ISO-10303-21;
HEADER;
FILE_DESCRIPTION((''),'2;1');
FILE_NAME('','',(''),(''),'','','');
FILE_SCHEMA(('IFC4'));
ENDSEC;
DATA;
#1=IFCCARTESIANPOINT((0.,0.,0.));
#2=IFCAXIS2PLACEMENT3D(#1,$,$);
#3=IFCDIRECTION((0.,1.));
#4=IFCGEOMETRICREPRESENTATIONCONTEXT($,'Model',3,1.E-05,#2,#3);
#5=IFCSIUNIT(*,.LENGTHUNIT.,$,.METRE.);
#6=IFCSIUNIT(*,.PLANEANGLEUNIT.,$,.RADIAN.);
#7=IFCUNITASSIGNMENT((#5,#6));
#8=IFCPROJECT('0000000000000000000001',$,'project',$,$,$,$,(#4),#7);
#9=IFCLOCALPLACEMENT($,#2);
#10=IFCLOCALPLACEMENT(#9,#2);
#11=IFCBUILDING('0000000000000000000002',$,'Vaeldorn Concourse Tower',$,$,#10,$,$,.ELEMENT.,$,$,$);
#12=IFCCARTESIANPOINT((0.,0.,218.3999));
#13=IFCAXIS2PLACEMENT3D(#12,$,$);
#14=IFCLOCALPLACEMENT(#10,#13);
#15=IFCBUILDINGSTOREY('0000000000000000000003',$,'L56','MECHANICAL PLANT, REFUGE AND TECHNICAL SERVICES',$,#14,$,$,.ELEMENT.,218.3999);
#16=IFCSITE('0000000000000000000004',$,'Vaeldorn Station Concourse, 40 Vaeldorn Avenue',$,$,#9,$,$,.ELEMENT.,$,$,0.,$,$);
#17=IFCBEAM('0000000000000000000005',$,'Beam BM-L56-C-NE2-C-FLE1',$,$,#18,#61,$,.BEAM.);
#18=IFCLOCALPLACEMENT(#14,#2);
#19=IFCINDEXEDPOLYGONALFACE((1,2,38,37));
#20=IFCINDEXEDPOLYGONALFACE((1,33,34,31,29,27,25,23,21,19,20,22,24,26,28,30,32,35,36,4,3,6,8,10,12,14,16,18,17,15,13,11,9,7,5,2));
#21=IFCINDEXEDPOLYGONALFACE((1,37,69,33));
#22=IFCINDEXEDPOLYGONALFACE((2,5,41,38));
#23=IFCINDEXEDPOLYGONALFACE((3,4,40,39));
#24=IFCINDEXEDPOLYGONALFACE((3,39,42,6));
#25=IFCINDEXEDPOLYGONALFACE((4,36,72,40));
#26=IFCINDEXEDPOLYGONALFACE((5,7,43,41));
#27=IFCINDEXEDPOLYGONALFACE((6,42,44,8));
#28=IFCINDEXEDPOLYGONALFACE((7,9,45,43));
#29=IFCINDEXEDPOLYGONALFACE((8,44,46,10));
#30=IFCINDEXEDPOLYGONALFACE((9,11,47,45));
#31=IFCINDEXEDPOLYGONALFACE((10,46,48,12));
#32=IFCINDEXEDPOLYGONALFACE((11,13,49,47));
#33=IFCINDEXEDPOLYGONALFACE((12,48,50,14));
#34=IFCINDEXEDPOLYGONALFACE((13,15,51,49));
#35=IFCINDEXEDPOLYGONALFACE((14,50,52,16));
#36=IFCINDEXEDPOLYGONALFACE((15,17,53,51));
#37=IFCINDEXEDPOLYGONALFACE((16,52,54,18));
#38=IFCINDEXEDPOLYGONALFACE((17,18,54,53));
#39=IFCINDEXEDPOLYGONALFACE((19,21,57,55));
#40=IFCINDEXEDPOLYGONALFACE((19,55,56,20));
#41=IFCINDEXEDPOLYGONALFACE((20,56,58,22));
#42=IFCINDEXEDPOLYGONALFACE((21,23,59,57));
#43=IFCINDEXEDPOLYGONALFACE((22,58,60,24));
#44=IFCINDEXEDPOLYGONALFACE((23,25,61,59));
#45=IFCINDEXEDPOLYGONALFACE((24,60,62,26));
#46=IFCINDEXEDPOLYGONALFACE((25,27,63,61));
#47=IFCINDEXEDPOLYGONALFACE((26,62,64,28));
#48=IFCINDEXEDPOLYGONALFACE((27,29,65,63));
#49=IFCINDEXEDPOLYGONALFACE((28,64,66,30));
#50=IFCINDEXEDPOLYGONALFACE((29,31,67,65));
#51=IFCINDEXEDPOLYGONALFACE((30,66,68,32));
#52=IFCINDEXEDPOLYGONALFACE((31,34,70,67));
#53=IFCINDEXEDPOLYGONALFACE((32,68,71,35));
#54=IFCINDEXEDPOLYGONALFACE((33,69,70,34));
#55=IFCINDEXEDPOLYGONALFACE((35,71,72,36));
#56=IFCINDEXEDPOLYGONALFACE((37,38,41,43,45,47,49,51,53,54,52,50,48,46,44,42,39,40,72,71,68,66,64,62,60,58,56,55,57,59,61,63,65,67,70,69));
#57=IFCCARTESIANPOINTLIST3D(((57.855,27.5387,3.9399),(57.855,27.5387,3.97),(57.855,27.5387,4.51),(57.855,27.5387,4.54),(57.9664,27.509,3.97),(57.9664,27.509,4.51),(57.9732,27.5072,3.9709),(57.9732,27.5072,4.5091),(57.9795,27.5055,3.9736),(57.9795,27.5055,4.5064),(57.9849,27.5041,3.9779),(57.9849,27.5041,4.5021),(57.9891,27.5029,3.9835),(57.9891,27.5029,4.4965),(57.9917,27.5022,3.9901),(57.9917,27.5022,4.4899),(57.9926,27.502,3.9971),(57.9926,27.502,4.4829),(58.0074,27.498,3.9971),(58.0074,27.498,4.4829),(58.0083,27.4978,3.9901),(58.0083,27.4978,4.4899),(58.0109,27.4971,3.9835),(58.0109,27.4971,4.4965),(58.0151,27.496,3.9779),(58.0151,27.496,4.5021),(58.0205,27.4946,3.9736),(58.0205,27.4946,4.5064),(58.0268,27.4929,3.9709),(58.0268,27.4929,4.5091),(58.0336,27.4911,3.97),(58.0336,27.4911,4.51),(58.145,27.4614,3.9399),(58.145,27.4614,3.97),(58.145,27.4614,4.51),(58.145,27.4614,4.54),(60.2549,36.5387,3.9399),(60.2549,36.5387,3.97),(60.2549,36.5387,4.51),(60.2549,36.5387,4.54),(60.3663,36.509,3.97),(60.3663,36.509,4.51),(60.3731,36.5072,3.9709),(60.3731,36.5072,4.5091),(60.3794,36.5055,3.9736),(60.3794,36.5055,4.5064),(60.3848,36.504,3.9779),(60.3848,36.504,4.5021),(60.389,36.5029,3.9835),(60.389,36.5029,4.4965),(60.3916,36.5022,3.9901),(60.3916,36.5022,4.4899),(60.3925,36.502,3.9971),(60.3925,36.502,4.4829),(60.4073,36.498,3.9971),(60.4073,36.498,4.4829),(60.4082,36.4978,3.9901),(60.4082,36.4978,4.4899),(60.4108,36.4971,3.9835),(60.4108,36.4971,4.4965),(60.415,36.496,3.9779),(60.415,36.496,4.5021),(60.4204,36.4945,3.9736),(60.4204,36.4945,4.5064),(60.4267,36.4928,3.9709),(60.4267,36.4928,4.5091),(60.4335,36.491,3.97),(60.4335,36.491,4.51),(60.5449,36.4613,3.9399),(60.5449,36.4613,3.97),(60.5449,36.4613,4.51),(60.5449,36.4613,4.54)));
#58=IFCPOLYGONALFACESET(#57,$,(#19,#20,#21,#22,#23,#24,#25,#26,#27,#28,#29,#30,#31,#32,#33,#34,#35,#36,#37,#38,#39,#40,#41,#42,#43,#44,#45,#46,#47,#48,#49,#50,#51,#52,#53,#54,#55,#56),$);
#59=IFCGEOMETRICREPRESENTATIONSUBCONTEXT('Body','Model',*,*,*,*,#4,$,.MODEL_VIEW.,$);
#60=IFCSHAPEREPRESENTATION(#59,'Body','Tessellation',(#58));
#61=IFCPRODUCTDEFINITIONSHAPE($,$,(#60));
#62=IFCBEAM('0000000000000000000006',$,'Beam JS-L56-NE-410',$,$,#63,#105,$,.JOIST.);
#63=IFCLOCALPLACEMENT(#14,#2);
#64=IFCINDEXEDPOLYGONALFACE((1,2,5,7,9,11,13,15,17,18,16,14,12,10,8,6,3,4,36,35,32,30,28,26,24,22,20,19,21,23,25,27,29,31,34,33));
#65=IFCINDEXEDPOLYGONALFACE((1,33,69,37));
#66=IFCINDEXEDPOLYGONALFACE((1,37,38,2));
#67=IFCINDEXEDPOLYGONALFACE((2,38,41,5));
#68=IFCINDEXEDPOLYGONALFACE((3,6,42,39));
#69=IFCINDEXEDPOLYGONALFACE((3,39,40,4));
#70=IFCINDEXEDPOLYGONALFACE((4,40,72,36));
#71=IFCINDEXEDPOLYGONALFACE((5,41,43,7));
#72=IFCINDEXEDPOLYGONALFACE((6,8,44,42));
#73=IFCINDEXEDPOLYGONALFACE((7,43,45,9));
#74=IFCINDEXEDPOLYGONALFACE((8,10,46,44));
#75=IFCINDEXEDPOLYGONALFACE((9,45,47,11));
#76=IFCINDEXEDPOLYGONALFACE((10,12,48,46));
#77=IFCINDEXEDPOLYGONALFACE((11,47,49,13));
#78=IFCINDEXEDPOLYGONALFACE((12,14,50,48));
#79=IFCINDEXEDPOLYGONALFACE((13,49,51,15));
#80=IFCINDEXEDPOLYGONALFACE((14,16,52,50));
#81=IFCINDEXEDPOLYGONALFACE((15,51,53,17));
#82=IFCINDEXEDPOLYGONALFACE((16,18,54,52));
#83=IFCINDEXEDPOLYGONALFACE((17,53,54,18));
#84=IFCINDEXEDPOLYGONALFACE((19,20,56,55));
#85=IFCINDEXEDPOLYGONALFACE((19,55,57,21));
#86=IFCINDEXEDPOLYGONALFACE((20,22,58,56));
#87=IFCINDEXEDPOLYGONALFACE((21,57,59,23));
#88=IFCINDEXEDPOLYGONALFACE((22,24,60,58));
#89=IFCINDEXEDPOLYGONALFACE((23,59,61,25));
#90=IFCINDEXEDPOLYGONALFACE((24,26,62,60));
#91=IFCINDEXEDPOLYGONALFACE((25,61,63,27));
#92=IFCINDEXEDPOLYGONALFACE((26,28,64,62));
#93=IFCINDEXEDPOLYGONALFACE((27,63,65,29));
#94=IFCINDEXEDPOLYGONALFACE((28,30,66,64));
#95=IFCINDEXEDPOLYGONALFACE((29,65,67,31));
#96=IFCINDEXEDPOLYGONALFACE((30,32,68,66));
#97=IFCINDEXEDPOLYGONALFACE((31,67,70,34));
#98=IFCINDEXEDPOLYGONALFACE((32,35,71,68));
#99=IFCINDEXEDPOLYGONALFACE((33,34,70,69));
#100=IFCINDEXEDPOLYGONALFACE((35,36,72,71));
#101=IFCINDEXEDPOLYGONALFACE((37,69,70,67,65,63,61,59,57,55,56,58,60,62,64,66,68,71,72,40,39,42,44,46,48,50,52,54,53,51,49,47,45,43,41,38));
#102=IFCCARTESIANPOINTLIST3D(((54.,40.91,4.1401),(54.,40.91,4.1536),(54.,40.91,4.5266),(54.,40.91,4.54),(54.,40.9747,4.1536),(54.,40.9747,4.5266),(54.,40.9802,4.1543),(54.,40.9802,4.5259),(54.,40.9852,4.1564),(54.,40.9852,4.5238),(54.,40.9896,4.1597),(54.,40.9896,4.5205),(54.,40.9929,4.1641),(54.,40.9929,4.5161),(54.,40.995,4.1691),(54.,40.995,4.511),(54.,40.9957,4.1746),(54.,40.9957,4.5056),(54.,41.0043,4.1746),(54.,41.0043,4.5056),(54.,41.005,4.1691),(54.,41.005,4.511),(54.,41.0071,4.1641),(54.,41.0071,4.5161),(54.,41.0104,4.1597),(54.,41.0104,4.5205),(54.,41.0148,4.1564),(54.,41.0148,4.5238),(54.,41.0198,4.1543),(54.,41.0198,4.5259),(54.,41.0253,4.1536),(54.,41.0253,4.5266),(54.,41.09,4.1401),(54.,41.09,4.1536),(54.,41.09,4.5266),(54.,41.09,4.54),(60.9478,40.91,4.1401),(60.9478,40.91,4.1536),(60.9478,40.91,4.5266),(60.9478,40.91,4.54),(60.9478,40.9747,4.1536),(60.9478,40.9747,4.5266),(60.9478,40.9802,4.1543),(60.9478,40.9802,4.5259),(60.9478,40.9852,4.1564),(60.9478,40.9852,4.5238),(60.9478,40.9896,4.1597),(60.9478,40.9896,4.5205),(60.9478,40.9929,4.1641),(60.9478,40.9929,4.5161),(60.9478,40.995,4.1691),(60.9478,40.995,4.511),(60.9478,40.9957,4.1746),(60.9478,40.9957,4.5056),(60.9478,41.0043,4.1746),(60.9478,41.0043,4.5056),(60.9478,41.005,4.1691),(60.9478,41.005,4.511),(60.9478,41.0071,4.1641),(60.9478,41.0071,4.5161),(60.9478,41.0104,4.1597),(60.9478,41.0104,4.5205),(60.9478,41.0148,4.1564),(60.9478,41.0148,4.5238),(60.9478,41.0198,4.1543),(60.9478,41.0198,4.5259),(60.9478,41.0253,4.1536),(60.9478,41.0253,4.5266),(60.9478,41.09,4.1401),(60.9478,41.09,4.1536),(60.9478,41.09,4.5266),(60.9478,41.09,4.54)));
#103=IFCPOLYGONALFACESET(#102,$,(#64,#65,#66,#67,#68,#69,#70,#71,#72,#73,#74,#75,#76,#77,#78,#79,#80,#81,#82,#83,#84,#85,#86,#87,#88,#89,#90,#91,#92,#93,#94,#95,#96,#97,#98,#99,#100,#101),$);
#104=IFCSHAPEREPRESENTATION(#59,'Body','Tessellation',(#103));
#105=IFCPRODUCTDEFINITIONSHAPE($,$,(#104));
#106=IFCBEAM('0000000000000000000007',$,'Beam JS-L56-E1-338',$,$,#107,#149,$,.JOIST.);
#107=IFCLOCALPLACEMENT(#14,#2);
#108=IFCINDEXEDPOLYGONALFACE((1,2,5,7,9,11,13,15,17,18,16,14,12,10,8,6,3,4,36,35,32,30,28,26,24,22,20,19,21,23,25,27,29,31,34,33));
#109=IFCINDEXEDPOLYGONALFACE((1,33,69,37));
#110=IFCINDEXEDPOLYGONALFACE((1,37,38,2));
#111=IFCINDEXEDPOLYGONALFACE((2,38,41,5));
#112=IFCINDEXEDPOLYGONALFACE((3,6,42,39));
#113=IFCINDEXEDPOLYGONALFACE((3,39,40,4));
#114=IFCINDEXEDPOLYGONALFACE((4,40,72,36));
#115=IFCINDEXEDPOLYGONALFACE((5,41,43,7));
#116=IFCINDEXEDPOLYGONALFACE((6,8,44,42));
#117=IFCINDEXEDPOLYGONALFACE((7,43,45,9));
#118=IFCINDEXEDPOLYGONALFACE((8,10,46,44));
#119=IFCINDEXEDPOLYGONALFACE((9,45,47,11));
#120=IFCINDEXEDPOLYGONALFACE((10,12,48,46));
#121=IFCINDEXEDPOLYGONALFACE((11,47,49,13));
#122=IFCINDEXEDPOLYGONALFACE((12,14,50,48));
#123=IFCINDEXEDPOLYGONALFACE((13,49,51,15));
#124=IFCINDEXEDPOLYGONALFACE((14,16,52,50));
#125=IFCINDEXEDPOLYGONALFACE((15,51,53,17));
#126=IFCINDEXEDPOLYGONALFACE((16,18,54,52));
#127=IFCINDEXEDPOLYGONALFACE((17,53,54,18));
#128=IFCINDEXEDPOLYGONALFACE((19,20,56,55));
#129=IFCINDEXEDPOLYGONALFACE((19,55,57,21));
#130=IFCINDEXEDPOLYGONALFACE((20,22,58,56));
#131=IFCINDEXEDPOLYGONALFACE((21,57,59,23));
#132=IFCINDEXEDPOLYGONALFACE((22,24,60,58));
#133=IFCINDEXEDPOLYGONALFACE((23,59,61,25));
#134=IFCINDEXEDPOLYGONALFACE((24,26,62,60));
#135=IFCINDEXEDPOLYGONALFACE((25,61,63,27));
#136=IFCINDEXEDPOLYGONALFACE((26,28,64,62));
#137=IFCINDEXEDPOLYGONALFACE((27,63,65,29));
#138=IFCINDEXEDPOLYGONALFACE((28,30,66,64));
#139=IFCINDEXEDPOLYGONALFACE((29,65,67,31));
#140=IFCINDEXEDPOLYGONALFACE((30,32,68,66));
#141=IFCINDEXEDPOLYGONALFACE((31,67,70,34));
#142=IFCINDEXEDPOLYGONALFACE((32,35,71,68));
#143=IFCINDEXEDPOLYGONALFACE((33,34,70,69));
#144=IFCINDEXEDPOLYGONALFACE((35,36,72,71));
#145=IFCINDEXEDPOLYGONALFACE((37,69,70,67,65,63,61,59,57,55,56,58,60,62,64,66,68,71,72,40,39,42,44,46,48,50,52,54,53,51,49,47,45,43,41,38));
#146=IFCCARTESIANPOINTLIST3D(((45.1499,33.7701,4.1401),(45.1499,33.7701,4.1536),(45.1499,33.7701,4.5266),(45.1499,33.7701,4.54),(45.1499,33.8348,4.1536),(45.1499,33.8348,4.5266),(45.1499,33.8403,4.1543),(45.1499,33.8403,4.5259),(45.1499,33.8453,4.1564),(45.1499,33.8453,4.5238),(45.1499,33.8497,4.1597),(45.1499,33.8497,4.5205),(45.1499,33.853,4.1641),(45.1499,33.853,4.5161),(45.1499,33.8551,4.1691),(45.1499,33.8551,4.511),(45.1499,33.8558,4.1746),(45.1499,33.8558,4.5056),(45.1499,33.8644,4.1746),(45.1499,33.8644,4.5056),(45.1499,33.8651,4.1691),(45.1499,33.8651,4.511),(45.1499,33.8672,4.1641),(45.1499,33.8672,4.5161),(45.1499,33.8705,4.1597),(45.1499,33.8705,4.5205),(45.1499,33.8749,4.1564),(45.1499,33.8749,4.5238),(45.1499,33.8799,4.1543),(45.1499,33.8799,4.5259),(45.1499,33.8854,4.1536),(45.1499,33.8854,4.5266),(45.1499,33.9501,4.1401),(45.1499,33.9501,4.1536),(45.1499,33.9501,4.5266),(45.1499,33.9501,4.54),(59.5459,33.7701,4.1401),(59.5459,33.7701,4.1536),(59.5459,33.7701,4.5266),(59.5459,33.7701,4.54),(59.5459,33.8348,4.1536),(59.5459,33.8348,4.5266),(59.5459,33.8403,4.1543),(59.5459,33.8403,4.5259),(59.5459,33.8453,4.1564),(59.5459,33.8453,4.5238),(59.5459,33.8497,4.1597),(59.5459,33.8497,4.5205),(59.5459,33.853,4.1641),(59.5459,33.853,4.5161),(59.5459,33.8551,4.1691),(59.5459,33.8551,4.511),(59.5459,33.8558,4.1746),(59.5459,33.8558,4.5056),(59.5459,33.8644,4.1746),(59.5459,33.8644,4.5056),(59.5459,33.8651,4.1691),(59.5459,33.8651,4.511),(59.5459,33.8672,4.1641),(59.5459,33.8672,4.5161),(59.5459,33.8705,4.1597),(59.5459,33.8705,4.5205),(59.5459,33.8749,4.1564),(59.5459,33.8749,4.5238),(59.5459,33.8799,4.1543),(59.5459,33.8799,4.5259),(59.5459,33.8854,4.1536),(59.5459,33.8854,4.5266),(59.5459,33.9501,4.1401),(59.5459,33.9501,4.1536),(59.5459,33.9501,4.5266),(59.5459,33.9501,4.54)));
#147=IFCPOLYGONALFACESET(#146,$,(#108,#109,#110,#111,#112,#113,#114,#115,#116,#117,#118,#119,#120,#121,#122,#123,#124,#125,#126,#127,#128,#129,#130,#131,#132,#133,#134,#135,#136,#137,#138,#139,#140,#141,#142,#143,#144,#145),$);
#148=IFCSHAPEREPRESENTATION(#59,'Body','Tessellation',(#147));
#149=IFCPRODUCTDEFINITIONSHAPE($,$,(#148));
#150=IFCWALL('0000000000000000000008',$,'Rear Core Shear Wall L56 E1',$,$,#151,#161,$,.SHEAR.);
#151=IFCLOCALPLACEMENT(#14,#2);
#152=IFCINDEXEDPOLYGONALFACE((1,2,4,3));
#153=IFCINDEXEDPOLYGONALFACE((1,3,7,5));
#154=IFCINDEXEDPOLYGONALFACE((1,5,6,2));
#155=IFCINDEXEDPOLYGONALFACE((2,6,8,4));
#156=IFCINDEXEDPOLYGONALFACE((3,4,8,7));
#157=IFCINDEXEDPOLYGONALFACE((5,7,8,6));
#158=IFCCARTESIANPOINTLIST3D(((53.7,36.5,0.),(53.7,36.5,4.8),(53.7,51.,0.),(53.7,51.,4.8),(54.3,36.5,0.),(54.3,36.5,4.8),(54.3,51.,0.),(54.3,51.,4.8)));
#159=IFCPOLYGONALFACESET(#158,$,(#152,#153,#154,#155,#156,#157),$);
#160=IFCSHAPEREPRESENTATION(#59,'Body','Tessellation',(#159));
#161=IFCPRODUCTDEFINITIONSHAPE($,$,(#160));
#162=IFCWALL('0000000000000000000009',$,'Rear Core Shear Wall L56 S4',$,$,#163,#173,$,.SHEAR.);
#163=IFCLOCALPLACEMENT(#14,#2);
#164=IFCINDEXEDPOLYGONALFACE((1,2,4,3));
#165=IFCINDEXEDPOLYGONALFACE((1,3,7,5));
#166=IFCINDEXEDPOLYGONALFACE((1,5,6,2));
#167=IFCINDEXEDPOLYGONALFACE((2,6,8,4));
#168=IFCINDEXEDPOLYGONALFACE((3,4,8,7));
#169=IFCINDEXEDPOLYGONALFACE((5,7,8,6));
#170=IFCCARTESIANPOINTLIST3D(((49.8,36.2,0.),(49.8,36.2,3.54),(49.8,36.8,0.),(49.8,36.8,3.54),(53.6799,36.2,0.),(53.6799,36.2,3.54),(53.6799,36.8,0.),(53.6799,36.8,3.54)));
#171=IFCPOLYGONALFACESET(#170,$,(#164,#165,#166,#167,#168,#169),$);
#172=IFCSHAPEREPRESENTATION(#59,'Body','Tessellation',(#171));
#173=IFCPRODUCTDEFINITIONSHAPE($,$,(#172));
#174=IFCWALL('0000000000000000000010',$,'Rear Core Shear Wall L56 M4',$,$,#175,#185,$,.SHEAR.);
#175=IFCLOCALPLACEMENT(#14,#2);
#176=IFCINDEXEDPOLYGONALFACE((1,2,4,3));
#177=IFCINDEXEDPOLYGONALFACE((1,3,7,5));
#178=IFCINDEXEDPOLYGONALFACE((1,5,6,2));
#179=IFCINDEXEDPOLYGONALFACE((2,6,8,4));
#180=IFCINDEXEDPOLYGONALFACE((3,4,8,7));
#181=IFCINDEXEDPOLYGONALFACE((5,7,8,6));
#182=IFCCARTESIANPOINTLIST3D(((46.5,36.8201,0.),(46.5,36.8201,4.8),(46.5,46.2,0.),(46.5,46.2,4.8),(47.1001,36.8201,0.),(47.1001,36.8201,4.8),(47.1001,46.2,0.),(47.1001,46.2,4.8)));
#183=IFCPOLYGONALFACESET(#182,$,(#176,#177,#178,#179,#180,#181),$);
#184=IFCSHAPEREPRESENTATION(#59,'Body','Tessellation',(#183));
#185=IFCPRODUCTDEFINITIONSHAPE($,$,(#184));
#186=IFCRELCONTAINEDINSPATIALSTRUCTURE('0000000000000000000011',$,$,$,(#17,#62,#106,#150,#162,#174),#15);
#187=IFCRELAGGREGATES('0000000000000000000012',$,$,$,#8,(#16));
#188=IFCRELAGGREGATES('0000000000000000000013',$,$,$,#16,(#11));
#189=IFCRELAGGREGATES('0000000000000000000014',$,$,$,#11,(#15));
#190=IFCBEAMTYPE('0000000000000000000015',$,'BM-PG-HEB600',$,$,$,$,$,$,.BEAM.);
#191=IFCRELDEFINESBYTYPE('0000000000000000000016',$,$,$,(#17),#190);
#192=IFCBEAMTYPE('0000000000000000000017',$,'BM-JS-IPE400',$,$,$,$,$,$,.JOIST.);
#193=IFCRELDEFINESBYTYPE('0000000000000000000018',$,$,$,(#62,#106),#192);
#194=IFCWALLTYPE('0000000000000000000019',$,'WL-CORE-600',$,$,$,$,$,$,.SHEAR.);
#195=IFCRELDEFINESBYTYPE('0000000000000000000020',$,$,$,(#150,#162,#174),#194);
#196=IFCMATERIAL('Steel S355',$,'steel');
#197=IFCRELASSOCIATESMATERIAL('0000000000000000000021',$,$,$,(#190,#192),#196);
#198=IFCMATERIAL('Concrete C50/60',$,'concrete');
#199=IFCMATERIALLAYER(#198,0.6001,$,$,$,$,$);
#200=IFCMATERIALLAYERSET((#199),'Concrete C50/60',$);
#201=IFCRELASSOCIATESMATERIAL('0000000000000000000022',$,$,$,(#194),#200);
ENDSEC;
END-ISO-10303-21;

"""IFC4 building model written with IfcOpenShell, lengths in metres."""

from ifc_helpers import new_model, si_unit, direction, frame, frame_2d, origin, origin_2d, place, context, subcontext, project, spatial, rectangle, i_section, extrude, source, transform, mapped, material, layer, layer_set, material_profile, profile_set, type_object, element, save


model = new_model("IFC4")

# Units and contexts
model_context = context("Model", 3, precision=1e-05, world=origin(), true_north=direction((0.0, 1.0)))
body_context = subcontext(model_context, "Body", "Model", "MODEL_VIEW")
ifc_project = project(units=[si_unit("LENGTHUNIT", "METRE"), si_unit("PLANEANGLEUNIT", "RADIAN")], contexts=[model_context])

# Site, building, storey
site_placement = place(None, origin())
site = spatial("IfcSite", under=ifc_project, at=site_placement, Name="Vaeldorn Station Concourse, 40 Vaeldorn Avenue", CompositionType="ELEMENT", RefElevation=0.0)
building_placement = place(site_placement, origin())
building = spatial("IfcBuilding", under=site, at=building_placement, Name="Vaeldorn Concourse Tower", CompositionType="ELEMENT")
storey_placement = place(building_placement, frame((0.0, 0.0, 218.3999)))
storey = spatial("IfcBuildingStorey", under=building, at=storey_placement, Name="L56", Description="MECHANICAL PLANT, REFUGE AND TECHNICAL SERVICES", CompositionType="ELEMENT", Elevation=218.3999)

# Shared definitions
ifc_material_1 = material(Name="Concrete C50/60", Category="concrete")

# Beams
ifc_material_2 = material(Name="Steel S355", Category="steel")
ifc_material_profile_1 = material_profile(ifc_material_2, i_section(OverallWidth=0.3, OverallDepth=0.6001, WebThickness=0.0154, FlangeThickness=0.03, FilletRadius=0.0271, at=origin_2d()), Name="HEB 600")
ifc_profile_set_1 = profile_set([ifc_material_profile_1], Name="Steel S355")
beam_type_1 = type_object("IfcBeamType", Name="BM-PG-HEB600", PredefinedType="BEAM", material=ifc_profile_set_1)
shared_shape_1 = source(origin(), body_context, "Body", "SweptSolid", [
    extrude(i_section(OverallWidth=0.3, OverallDepth=0.6001, WebThickness=0.0154, FlangeThickness=0.03, FilletRadius=0.0271, at=origin_2d()), origin(), (0.0, 0.0, 1.0), 9.3145),
])
beam_1_placement = place(storey_placement, frame((60.3999, 36.5, 4.24), z_axis=(-0.257653, -0.966238, 0.0), x_axis=(0.966238, -0.257653, 0.0)))
element("IfcBeam", 1, at=beam_1_placement, inside=storey, type_object=beam_type_1, Name="Beam BM-L56-C-NE2-C-FLE1", PredefinedType="BEAM", context=body_context, shape_type="MappedRepresentation", body=[
    mapped(shared_shape_1, transform((0.0, 0.0, 0.0), scale=1.0)),
])
ifc_material_profile_2 = material_profile(ifc_material_2, i_section(OverallWidth=0.1799, OverallDepth=0.3999, WebThickness=0.0085, FlangeThickness=0.0134, FilletRadius=0.021, at=origin_2d()), Name="IPE 400")
ifc_profile_set_2 = profile_set([ifc_material_profile_2], Name="Steel S355")
beam_type_2 = type_object("IfcBeamType", Name="BM-JS-IPE400", PredefinedType="JOIST", material=ifc_profile_set_2)
shared_shape_2 = source(origin(), body_context, "Body", "SweptSolid", [
    extrude(i_section(OverallWidth=0.1799, OverallDepth=0.3999, WebThickness=0.0085, FlangeThickness=0.0134, FilletRadius=0.021, at=origin_2d()), origin(), (0.0, 0.0, 1.0), 6.9478),
])
beam_2_placement = place(storey_placement, frame((54.0, 41.0, 4.3401), z_axis=(1.0, 0.0, 0.0), x_axis=(0.0, 1.0, 0.0)))
element("IfcBeam", 2, at=beam_2_placement, inside=storey, type_object=beam_type_2, Name="Beam JS-L56-NE-410", PredefinedType="JOIST", context=body_context, shape_type="MappedRepresentation", body=[
    mapped(shared_shape_2, transform((0.0, 0.0, 0.0), scale=1.0)),
])
shared_shape_3 = source(origin(), body_context, "Body", "SweptSolid", [
    extrude(i_section(OverallWidth=0.1799, OverallDepth=0.3999, WebThickness=0.0085, FlangeThickness=0.0134, FilletRadius=0.021, at=origin_2d()), origin(), (0.0, 0.0, 1.0), 14.396),
])
beam_3_placement = place(storey_placement, frame((45.1499, 33.8601, 4.3401), z_axis=(1.0, 0.0, 0.0), x_axis=(0.0, 1.0, 0.0)))
element("IfcBeam", 3, at=beam_3_placement, inside=storey, type_object=beam_type_2, Name="Beam JS-L56-E1-338", PredefinedType="JOIST", context=body_context, shape_type="MappedRepresentation", body=[
    mapped(shared_shape_3, transform((0.0, 0.0, 0.0), scale=1.0)),
])

# Walls
ifc_layer_1 = layer(ifc_material_1, 0.6001)
ifc_layer_set_1 = layer_set([ifc_layer_1], Name="Concrete C50/60")
wall_type_1 = type_object("IfcWallType", Name="WL-CORE-600", PredefinedType="SHEAR", material=ifc_layer_set_1)
wall_1_placement = place(storey_placement, frame((54.0, 36.5, 0.0), z_axis=(0.0, 0.0, 1.0), x_axis=(0.0, 1.0, 0.0)))
element("IfcWall", 4, at=wall_1_placement, inside=storey, type_object=wall_type_1, Name="Rear Core Shear Wall L56 E1", PredefinedType="SHEAR", context=body_context, shape_type="SweptSolid", body=[
    extrude(rectangle(XDim=14.5, YDim=0.6001, at=frame_2d((7.25, 0.0))), origin(), (0.0, 0.0, 1.0), 4.8),
])
wall_2_placement = place(storey_placement, frame((49.8, 36.5, 0.0), z_axis=(0.0, 0.0, 1.0), x_axis=(1.0, 0.0, 0.0)))
element("IfcWall", 5, at=wall_2_placement, inside=storey, type_object=wall_type_1, Name="Rear Core Shear Wall L56 S4", PredefinedType="SHEAR", context=body_context, shape_type="SweptSolid", body=[
    extrude(rectangle(XDim=3.8799, YDim=0.6001, at=frame_2d((1.9399, 0.0))), origin(), (0.0, 0.0, 1.0), 3.54),
])
wall_3_placement = place(storey_placement, frame((46.8, 36.8201, 0.0), z_axis=(0.0, 0.0, 1.0), x_axis=(0.0, 1.0, 0.0)))
element("IfcWall", 6, at=wall_3_placement, inside=storey, type_object=wall_type_1, Name="Rear Core Shear Wall L56 M4", PredefinedType="SHEAR", context=body_context, shape_type="SweptSolid", body=[
    extrude(rectangle(XDim=9.3799, YDim=0.6001, at=frame_2d((4.6899, 0.0))), origin(), (0.0, 0.0, 1.0), 4.8),
])

save(model, "model.ifc")
